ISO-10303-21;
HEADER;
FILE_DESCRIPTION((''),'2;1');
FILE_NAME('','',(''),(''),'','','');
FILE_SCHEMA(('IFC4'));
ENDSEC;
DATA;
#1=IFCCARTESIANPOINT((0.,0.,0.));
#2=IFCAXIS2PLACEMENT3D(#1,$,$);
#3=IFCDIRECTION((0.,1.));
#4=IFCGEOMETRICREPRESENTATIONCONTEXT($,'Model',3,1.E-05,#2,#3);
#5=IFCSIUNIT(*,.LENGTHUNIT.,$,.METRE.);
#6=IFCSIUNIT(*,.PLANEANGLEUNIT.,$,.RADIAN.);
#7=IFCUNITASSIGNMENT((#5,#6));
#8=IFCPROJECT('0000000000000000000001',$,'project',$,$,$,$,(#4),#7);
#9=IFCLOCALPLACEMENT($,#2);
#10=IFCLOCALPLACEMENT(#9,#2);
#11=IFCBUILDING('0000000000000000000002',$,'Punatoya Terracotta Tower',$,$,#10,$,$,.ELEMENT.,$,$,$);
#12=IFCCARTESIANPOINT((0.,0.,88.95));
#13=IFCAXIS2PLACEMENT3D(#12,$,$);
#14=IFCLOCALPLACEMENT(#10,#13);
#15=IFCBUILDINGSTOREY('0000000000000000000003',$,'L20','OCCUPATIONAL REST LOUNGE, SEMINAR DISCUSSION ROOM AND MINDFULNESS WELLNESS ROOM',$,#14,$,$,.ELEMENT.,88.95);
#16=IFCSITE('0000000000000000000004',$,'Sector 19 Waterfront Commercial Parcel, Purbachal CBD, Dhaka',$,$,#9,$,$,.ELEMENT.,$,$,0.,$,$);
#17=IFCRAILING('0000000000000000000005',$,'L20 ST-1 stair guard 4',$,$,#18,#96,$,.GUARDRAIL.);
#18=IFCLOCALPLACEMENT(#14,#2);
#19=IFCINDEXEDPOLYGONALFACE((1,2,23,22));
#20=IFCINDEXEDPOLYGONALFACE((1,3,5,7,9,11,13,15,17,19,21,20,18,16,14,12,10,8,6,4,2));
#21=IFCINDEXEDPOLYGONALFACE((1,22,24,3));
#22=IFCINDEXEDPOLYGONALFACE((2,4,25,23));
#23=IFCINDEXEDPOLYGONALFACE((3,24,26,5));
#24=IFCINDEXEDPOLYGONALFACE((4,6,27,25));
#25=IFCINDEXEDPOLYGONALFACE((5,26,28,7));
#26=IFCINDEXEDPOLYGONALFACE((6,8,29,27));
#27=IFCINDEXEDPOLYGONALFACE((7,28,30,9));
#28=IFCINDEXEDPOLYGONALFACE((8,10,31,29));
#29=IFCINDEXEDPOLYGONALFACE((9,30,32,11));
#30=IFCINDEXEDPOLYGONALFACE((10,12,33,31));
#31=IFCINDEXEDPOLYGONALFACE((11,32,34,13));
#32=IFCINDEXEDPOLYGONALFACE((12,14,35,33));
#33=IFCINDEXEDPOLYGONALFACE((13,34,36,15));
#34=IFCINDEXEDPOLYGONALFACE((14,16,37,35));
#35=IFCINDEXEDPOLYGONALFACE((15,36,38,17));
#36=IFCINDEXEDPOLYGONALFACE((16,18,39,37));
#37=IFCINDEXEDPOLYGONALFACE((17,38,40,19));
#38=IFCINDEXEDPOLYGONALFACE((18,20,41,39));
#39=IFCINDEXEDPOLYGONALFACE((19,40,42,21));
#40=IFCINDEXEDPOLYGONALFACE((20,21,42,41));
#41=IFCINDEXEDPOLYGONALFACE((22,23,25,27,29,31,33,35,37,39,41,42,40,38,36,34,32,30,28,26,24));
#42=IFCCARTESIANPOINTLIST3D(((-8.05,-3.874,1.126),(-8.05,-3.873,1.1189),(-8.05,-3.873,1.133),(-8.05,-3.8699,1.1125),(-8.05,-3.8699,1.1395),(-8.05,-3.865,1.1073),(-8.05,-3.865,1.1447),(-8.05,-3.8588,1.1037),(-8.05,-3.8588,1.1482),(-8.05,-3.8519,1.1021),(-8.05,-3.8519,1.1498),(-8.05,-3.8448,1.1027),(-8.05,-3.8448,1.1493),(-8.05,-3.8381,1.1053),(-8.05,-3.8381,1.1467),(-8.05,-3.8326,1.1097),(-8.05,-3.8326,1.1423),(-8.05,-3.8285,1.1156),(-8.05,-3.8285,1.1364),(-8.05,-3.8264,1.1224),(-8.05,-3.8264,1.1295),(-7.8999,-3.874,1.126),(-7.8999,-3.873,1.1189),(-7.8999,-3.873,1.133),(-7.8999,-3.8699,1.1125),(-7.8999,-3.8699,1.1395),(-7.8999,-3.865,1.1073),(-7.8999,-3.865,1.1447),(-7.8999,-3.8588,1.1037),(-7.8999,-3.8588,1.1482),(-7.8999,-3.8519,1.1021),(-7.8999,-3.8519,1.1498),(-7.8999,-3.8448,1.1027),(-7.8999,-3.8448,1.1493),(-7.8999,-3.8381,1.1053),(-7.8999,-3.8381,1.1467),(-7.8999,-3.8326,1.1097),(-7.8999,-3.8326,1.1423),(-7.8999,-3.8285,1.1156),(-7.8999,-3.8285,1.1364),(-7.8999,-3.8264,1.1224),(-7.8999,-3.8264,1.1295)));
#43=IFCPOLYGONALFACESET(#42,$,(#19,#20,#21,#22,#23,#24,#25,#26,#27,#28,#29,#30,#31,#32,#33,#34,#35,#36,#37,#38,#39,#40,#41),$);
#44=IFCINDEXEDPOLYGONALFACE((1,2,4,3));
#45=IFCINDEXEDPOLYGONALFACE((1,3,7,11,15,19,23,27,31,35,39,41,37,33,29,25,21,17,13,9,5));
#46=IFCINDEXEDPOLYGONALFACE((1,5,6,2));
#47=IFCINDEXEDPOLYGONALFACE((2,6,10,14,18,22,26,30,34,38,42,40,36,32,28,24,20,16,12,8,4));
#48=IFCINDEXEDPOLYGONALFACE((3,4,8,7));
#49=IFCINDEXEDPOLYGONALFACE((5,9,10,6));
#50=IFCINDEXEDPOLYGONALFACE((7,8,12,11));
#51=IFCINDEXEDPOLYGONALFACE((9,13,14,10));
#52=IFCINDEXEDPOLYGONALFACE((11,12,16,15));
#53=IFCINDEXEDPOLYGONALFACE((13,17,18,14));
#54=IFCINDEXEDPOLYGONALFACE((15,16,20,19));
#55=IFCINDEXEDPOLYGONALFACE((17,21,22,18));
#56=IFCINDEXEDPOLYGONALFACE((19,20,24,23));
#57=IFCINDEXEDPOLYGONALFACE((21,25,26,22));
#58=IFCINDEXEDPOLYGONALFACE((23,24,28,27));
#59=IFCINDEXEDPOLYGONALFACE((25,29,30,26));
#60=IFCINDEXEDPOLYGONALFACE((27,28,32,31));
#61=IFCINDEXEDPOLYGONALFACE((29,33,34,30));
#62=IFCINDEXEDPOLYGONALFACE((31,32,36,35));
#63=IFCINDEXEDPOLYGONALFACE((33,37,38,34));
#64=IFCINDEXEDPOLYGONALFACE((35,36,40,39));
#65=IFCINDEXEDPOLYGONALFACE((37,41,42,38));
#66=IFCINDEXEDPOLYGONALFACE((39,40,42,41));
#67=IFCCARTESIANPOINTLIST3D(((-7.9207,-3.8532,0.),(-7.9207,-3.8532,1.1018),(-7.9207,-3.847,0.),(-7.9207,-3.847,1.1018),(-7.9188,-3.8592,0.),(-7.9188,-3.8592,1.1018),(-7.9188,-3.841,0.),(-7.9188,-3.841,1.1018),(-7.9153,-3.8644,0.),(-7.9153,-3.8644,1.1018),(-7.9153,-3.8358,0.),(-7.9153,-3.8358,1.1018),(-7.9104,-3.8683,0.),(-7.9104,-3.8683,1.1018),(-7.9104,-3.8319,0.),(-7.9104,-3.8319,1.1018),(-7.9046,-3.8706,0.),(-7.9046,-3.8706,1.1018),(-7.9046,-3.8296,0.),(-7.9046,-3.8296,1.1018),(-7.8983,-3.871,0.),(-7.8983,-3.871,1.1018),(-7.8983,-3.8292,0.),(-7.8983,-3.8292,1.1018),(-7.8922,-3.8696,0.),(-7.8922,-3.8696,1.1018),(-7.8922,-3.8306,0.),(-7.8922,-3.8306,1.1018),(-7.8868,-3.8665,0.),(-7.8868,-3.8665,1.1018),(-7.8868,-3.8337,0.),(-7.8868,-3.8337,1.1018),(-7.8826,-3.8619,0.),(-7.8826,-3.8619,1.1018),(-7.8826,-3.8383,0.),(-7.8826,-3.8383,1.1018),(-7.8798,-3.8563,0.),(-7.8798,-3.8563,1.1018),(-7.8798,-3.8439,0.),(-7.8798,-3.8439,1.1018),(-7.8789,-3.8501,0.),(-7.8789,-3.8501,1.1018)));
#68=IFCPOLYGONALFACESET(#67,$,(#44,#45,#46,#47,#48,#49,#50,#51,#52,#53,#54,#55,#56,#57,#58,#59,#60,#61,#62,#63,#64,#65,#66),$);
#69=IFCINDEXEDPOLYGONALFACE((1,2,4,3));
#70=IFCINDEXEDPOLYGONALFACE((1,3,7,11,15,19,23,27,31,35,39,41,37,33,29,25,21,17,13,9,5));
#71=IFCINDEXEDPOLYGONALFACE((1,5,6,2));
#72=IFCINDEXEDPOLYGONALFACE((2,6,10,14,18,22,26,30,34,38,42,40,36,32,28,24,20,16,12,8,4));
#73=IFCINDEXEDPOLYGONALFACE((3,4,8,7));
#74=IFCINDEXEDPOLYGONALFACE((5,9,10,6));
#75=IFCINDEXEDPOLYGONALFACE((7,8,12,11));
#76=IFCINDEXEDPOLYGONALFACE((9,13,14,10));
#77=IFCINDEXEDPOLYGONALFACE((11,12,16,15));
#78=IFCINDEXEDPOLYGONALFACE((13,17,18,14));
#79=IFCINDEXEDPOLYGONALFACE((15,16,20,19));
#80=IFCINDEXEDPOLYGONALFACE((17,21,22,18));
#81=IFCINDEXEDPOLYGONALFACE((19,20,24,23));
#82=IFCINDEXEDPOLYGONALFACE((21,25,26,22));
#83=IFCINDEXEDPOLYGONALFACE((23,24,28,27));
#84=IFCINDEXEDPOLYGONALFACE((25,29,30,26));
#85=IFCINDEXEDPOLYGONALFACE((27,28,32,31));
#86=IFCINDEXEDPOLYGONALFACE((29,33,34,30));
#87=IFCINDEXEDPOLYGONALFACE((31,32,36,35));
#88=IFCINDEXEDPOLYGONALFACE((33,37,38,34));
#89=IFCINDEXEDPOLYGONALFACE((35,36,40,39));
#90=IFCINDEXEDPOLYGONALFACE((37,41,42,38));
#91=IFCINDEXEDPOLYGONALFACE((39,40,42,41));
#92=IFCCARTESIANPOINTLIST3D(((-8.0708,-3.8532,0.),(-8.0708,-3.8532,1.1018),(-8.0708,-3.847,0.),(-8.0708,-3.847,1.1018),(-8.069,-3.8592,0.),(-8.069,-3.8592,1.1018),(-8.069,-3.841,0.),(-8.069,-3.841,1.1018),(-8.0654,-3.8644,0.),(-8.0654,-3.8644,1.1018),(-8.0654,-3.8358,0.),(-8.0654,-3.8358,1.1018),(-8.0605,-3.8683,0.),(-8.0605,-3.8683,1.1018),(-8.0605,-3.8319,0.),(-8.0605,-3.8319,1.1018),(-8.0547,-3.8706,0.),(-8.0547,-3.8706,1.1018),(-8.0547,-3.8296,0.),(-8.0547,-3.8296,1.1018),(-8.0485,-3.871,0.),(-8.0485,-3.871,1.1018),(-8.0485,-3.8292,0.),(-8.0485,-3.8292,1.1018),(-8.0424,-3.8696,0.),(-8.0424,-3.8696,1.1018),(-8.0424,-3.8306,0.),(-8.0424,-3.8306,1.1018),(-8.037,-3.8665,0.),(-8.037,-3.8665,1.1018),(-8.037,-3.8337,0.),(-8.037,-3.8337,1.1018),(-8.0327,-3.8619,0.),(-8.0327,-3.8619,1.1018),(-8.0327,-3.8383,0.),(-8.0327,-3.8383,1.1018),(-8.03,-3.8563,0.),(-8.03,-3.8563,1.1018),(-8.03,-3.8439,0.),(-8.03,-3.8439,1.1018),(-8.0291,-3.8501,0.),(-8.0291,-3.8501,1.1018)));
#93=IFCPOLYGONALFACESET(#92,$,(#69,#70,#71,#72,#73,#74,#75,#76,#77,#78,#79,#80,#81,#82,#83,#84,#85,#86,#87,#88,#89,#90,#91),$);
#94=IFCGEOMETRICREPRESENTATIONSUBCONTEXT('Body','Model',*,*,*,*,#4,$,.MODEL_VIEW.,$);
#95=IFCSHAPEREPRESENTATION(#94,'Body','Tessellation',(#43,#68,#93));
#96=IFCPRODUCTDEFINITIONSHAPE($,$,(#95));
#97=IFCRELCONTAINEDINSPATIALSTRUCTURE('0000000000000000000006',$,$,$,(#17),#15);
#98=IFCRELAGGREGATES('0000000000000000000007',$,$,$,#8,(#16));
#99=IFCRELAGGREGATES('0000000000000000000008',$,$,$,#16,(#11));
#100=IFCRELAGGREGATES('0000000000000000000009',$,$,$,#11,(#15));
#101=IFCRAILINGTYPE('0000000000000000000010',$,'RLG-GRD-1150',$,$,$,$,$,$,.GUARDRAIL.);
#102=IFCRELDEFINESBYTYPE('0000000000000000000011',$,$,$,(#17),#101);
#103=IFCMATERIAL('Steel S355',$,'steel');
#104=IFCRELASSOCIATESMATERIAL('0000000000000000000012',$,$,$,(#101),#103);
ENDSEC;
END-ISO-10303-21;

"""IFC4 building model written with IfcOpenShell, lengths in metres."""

from ifc_helpers import new_model, si_unit, direction, frame, origin, origin_2d, place, context, subcontext, project, spatial, circle, extrude, material, type_object, element, save


model = new_model("IFC4")

# Units and contexts
model_context = context("Model", 3, precision=1e-05, world=origin(), true_north=direction((0.0, 1.0)))
body_context = subcontext(model_context, "Body", "Model", "MODEL_VIEW")
ifc_project = project(units=[si_unit("LENGTHUNIT", "METRE"), si_unit("PLANEANGLEUNIT", "RADIAN")], contexts=[model_context])

# Site, building, storey
site_placement = place(None, origin())
site = spatial("IfcSite", under=ifc_project, at=site_placement, Name="Sector 19 Waterfront Commercial Parcel, Purbachal CBD, Dhaka", CompositionType="ELEMENT", RefElevation=0.0)
building_placement = place(site_placement, origin())
building = spatial("IfcBuilding", under=site, at=building_placement, Name="Punatoya Terracotta Tower", CompositionType="ELEMENT")
storey_placement = place(building_placement, frame((0.0, 0.0, 88.95)))
storey = spatial("IfcBuildingStorey", under=building, at=storey_placement, Name="L20", Description="OCCUPATIONAL REST LOUNGE, SEMINAR DISCUSSION ROOM AND MINDFULNESS WELLNESS ROOM", CompositionType="ELEMENT", Elevation=88.95)

# Railing
ifc_material_1 = material(Name="Steel S355", Category="steel")
railing_type_1 = type_object("IfcRailingType", Name="RLG-GRD-1150", PredefinedType="GUARDRAIL", material=ifc_material_1)
railing_1_placement = place(storey_placement, frame((-7.8999, -3.8501, 0.0)))
element("IfcRailing", 1, at=railing_1_placement, inside=storey, type_object=railing_type_1, Name="L20 ST-1 stair guard 4", PredefinedType="GUARDRAIL", context=body_context, shape_type="SweptSolid", body=[
    extrude(circle(Radius=0.0239, at=origin_2d()), frame((0.0, 0.0, 1.126), z_axis=(-1.0, 0.0, 0.0), x_axis=(0.0, -1.0, 0.0)), (0.0, 0.0, 1.0), 0.1501),
    extrude(circle(Radius=0.021, at=origin_2d()), origin(), (0.0, 0.0, 1.0), 1.1018),
    extrude(circle(Radius=0.021, at=origin_2d()), frame((-0.1501, 0.0, 0.0)), (0.0, 0.0, 1.0), 1.1018),
])

save(model, "model.ifc")
